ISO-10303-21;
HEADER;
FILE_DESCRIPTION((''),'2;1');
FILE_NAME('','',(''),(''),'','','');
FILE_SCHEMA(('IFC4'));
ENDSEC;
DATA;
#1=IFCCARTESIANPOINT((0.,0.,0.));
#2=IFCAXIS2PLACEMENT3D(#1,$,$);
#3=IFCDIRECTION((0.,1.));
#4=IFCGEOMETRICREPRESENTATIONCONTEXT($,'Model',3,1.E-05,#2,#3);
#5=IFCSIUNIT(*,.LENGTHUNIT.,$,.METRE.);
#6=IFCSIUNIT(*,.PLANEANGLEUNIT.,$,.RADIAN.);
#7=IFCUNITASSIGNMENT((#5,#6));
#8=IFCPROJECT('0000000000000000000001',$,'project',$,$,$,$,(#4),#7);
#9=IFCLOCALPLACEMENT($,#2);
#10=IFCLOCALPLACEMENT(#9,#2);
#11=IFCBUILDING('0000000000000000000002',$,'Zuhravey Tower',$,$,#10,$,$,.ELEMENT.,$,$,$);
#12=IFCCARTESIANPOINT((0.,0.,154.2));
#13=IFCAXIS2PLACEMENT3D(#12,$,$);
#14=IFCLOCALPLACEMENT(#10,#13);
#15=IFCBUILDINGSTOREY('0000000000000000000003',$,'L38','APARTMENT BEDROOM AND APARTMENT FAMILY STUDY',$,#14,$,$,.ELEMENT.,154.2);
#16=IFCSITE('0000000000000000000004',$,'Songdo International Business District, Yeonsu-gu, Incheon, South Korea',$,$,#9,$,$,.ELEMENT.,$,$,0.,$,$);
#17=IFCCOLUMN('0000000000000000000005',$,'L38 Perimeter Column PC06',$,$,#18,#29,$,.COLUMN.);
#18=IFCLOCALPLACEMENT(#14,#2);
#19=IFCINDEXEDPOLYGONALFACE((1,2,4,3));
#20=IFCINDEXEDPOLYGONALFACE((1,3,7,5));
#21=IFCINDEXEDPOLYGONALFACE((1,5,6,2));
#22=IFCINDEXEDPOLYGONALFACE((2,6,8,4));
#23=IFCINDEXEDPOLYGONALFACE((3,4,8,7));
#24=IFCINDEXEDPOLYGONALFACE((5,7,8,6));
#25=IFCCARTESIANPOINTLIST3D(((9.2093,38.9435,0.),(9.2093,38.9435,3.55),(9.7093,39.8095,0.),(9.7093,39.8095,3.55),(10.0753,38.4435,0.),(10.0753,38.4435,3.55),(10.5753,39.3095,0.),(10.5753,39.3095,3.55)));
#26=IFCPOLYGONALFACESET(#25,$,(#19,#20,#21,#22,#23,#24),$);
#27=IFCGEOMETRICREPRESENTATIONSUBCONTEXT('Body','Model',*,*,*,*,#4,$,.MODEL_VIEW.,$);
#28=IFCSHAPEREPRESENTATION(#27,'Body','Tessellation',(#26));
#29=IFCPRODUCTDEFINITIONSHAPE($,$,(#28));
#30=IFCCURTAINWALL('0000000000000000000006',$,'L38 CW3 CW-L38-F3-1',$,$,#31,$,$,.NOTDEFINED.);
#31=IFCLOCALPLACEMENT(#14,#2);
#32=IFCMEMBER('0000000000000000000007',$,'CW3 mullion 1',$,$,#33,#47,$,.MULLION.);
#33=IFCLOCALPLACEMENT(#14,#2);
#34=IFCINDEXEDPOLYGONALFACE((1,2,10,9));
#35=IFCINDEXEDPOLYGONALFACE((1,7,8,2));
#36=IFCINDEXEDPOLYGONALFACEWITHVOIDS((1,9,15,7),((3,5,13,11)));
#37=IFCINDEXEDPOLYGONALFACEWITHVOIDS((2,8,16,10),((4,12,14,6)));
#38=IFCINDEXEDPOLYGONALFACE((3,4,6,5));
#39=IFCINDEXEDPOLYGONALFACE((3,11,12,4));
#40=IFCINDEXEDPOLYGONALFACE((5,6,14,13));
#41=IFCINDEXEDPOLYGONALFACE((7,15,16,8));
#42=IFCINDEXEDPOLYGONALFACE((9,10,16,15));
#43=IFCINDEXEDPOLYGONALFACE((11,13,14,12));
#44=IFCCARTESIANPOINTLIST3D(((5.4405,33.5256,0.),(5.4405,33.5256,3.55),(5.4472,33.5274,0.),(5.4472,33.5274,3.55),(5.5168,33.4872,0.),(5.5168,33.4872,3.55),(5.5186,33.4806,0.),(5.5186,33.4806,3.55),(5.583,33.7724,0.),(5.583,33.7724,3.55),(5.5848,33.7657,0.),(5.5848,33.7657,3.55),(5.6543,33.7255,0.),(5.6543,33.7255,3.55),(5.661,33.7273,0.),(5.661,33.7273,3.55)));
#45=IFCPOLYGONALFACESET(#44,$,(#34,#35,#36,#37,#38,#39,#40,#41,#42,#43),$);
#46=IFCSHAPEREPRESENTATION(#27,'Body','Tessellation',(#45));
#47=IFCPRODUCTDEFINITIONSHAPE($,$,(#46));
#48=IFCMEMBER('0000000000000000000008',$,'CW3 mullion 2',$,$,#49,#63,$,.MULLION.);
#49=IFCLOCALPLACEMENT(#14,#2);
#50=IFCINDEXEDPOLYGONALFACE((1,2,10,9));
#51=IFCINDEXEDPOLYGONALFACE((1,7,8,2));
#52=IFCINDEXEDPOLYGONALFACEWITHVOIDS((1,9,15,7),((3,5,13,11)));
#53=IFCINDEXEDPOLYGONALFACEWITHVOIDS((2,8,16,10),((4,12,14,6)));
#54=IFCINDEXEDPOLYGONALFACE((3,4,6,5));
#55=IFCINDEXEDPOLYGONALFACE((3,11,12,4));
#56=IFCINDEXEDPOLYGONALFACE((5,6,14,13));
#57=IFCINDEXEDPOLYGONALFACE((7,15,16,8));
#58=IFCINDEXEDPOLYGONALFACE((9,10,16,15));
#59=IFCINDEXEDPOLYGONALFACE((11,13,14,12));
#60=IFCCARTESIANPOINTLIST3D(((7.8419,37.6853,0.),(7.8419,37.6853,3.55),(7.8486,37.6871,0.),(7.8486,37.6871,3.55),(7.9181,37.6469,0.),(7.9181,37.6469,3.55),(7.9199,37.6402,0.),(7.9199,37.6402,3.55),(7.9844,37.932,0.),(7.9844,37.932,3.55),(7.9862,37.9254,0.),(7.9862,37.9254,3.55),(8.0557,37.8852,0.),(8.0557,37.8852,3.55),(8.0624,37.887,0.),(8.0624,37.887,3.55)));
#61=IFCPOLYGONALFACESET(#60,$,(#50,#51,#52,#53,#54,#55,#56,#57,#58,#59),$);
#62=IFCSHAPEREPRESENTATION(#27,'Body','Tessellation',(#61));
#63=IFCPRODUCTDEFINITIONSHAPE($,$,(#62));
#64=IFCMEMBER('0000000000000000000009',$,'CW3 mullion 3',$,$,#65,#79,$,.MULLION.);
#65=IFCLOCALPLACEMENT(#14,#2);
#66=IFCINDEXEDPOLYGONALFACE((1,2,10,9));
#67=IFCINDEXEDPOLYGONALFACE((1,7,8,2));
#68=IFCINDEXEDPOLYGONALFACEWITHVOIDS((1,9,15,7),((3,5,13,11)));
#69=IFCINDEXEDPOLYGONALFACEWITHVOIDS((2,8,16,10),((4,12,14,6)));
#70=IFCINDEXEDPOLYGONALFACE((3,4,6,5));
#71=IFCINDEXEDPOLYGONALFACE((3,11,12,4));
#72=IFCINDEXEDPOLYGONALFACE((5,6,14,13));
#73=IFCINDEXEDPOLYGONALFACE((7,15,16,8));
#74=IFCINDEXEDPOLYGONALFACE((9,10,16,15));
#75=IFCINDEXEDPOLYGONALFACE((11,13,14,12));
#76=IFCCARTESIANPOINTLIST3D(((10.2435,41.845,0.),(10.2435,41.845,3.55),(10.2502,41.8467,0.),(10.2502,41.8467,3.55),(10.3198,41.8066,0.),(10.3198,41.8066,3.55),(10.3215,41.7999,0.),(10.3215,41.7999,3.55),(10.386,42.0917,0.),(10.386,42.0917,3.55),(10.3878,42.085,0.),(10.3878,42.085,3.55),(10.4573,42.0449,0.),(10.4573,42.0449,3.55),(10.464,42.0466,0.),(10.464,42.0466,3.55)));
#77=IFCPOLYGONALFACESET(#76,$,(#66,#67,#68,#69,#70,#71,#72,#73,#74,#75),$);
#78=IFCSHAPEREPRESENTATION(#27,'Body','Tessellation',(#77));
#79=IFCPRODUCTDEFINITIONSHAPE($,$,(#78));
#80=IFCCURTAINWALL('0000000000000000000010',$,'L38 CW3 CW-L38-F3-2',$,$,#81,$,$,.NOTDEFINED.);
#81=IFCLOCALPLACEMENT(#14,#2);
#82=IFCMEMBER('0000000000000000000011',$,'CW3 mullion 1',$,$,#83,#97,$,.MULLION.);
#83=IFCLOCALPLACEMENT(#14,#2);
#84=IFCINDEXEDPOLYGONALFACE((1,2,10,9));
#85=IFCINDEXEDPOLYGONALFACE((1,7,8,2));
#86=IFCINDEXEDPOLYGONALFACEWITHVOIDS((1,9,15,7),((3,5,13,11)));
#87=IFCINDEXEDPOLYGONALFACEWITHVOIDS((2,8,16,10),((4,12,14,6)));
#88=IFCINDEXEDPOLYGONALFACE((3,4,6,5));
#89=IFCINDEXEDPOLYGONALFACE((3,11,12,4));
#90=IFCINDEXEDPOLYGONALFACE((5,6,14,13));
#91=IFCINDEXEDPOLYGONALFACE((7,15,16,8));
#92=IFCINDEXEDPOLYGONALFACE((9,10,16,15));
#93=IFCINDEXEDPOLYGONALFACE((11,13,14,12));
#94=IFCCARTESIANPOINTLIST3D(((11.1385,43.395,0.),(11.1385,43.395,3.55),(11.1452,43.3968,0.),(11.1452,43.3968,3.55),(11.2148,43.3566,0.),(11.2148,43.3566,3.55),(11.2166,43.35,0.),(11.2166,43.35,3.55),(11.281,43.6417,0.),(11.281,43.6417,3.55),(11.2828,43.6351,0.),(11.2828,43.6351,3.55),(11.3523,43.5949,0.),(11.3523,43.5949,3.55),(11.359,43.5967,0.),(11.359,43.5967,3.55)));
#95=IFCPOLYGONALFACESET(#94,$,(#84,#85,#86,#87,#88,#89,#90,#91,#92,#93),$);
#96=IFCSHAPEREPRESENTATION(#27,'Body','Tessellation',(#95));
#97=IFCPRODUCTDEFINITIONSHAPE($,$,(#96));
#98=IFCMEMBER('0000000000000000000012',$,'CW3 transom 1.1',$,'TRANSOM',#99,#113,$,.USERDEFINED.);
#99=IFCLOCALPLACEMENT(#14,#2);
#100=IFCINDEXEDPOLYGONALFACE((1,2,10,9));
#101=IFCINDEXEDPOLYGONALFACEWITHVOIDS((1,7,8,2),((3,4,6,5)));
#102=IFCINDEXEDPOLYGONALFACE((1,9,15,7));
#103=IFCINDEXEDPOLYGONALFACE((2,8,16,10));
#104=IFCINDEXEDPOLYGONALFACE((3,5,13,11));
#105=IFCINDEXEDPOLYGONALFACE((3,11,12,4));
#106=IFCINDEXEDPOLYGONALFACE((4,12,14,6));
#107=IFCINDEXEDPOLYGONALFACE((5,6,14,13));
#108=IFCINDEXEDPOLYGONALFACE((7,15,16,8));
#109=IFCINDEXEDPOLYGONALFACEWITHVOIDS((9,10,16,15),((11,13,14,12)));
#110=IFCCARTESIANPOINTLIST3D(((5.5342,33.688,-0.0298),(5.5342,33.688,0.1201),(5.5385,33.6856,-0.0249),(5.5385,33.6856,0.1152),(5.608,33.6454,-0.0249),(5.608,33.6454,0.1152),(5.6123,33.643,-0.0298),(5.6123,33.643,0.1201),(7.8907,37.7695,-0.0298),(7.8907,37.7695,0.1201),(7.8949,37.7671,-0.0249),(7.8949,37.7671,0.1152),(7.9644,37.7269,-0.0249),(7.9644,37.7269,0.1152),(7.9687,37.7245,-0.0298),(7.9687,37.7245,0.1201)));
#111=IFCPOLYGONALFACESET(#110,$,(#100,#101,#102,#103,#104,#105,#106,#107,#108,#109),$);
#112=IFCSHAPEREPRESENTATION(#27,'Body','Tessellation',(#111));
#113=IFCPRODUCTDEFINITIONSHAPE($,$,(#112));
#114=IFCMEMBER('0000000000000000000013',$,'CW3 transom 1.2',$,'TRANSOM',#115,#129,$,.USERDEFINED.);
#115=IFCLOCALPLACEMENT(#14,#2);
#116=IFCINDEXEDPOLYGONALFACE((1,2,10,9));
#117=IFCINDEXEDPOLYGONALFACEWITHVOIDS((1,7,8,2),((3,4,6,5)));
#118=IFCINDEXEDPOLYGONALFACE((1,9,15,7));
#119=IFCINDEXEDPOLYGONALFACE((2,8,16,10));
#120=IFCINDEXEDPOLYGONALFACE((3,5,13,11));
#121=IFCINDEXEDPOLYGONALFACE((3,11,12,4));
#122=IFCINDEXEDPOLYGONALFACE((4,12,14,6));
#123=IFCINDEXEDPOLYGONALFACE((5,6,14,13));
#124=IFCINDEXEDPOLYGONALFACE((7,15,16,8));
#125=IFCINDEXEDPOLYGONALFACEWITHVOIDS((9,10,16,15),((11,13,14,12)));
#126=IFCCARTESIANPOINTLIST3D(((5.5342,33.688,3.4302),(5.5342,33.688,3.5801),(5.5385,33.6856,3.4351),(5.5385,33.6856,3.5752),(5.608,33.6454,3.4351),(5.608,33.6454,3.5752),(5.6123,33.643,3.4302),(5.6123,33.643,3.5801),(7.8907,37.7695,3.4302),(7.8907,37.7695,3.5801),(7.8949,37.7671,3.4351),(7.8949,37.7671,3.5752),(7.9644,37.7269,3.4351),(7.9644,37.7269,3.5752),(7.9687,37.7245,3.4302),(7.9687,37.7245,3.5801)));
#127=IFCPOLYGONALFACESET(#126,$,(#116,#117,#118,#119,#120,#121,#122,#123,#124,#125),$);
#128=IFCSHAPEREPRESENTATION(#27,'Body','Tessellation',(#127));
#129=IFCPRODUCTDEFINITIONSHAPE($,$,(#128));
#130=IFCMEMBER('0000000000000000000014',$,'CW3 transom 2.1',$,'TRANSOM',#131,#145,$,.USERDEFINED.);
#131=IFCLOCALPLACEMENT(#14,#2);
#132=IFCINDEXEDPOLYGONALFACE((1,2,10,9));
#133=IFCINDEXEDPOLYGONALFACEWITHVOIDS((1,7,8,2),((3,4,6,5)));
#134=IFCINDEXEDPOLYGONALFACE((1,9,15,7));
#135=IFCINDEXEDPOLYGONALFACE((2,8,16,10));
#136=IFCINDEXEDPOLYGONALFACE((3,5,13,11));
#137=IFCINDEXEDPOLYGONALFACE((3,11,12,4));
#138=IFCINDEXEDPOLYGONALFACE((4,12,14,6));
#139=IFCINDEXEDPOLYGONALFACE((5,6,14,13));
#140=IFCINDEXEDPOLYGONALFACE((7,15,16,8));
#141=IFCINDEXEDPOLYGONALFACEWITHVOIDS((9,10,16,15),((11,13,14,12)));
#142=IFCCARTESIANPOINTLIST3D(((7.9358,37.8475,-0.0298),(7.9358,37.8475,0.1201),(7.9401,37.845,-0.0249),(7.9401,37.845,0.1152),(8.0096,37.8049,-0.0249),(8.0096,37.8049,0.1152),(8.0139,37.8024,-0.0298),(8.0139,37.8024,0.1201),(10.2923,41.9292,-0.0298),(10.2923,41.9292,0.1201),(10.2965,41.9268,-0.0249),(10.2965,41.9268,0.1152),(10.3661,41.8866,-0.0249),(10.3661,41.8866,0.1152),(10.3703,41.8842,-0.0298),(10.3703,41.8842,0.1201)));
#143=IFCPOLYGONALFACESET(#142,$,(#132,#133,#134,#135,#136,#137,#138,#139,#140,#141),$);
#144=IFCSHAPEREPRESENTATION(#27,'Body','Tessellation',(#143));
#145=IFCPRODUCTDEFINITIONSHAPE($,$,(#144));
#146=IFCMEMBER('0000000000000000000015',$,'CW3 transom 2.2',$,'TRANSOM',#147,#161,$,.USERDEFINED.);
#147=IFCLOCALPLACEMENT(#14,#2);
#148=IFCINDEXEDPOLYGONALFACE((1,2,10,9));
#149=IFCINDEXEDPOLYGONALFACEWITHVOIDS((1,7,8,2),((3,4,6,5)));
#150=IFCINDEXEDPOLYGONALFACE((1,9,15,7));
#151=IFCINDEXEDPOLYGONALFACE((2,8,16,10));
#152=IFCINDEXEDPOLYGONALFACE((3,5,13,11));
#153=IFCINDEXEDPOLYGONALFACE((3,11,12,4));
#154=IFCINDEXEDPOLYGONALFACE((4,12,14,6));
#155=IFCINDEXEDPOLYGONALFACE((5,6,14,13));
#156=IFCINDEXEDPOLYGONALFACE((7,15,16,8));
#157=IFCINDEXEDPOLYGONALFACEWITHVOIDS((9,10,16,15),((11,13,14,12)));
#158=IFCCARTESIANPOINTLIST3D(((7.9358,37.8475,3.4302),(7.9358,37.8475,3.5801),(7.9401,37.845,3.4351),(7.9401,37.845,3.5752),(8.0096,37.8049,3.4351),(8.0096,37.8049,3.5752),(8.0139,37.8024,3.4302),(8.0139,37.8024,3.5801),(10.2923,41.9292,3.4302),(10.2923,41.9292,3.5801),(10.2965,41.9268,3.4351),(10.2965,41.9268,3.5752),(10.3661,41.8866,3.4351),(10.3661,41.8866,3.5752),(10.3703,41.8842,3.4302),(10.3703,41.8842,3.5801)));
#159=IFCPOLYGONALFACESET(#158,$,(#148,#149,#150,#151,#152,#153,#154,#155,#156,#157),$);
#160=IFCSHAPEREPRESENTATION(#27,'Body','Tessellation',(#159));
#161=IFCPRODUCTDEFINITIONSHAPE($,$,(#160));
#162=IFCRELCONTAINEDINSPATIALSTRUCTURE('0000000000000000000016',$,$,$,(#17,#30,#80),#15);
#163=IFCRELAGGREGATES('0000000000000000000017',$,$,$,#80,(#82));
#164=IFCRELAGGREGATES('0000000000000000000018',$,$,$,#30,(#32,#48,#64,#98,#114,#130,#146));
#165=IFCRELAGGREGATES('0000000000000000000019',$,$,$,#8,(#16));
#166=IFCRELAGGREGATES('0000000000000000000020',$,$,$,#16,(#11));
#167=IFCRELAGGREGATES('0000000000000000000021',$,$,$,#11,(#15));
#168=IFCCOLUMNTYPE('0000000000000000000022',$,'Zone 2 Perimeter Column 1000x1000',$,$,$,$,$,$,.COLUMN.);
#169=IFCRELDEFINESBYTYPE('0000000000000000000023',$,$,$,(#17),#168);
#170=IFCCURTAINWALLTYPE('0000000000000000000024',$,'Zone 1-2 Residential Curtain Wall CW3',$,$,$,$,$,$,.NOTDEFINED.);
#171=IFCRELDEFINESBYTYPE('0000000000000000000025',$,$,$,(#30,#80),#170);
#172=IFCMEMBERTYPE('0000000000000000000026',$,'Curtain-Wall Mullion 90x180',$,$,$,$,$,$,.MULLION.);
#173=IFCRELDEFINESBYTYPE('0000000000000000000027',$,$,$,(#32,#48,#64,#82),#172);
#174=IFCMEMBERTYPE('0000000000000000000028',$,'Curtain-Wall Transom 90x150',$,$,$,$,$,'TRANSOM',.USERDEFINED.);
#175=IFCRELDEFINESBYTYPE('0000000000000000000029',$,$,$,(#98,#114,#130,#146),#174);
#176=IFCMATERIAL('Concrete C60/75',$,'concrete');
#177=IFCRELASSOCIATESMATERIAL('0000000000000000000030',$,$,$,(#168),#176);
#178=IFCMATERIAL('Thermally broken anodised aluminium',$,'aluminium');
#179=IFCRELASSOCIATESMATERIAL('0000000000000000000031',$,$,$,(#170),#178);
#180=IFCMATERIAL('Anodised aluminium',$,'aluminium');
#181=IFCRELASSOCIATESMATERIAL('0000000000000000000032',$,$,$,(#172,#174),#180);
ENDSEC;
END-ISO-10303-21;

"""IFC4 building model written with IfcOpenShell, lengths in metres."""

from ifc_helpers import new_model, si_unit, direction, frame, origin, origin_2d, place, context, subcontext, project, spatial, rectangle, hollow_rectangle, extrude, material, material_profile, profile_set, type_object, element, aggregate, save


model = new_model("IFC4")

# Units and contexts
model_context = context("Model", 3, precision=1e-05, world=origin(), true_north=direction((0.0, 1.0)))
body_context = subcontext(model_context, "Body", "Model", "MODEL_VIEW")
ifc_project = project(units=[si_unit("LENGTHUNIT", "METRE"), si_unit("PLANEANGLEUNIT", "RADIAN")], contexts=[model_context])

# Site, building, storey
site_placement = place(None, origin())
site = spatial("IfcSite", under=ifc_project, at=site_placement, Name="Songdo International Business District, Yeonsu-gu, Incheon, South Korea", CompositionType="ELEMENT", RefElevation=0.0)
building_placement = place(site_placement, origin())
building = spatial("IfcBuilding", under=site, at=building_placement, Name="Zuhravey Tower", CompositionType="ELEMENT")
storey_placement = place(building_placement, frame((0.0, 0.0, 154.2)))
storey = spatial("IfcBuildingStorey", under=building, at=storey_placement, Name="L38", Description="APARTMENT BEDROOM AND APARTMENT FAMILY STUDY", CompositionType="ELEMENT", Elevation=154.2)

# Column
ifc_material_1 = material(Name="Concrete C60/75", Category="concrete")
ifc_material_profile_1 = material_profile(ifc_material_1, rectangle(XDim=1.0, YDim=1.0, at=origin_2d()), Name="RC-1000x1000")
ifc_profile_set_1 = profile_set([ifc_material_profile_1], Name="Concrete C60/75")
column_type = type_object("IfcColumnType", Name="Zone 2 Perimeter Column 1000x1000", PredefinedType="COLUMN", material=ifc_profile_set_1)
column_placement = place(storey_placement, frame((9.8923, 39.1265, 0.0), z_axis=(0.0, 0.0, 1.0), x_axis=(-0.5, -0.866025, 0.0)))
element("IfcColumn", 1, at=column_placement, inside=storey, type_object=column_type, Name="L38 Perimeter Column PC06", PredefinedType="COLUMN", context=body_context, shape_type="SweptSolid", body=[
    extrude(rectangle(XDim=1.0, YDim=1.0, at=origin_2d()), origin(), (0.0, 0.0, 1.0), 3.55),
])

# Curtain wall, members
ifc_material_2 = material(Name="Thermally broken anodised aluminium", Category="aluminium")
curtain_wall_type = type_object("IfcCurtainWallType", Name="Zone 1-2 Residential Curtain Wall CW3", PredefinedType="NOTDEFINED", material=ifc_material_2)
curtain_wall_1_placement = place(storey_placement, origin())
curtain_wall_1 = element("IfcCurtainWall", 2, at=curtain_wall_1_placement, inside=storey, type_object=curtain_wall_type, Name="L38 CW3 CW-L38-F3-1", PredefinedType="NOTDEFINED")
ifc_material_3 = material(Name="Anodised aluminium", Category="aluminium")
ifc_material_profile_2 = material_profile(ifc_material_3, hollow_rectangle(XDim=0.0901, YDim=0.2849, WallThickness=0.0049, at=origin_2d()), Name="ALU-RHS-90x285x5")
ifc_profile_set_2 = profile_set([ifc_material_profile_2], Name="Anodised aluminium")
member_type_1 = type_object("IfcMemberType", Name="Curtain-Wall Mullion 90x180", PredefinedType="MULLION", material=ifc_profile_set_2)
member_1_placement = place(storey_placement, frame((5.5508, 33.6265, 0.0), z_axis=(0.0, 0.0, 1.0), x_axis=(-0.866027, 0.499998, 0.0)))
member_1 = element("IfcMember", 3, at=member_1_placement, type_object=member_type_1, Name="CW3 mullion 1", PredefinedType="MULLION", context=body_context, shape_type="SweptSolid", body=[
    extrude(hollow_rectangle(XDim=0.0901, YDim=0.2849, WallThickness=0.0049, at=origin_2d()), origin(), (0.0, 0.0, 1.0), 3.55),
])
member_2_placement = place(storey_placement, frame((7.9521, 37.7861, 0.0), z_axis=(0.0, 0.0, 1.0), x_axis=(-0.866027, 0.499998, 0.0)))
member_2 = element("IfcMember", 4, at=member_2_placement, type_object=member_type_1, Name="CW3 mullion 2", PredefinedType="MULLION", context=body_context, shape_type="SweptSolid", body=[
    extrude(hollow_rectangle(XDim=0.0901, YDim=0.2849, WallThickness=0.0049, at=origin_2d()), origin(), (0.0, 0.0, 1.0), 3.55),
])
member_3_placement = place(storey_placement, frame((10.3538, 41.9458, 0.0), z_axis=(0.0, 0.0, 1.0), x_axis=(-0.866027, 0.499998, 0.0)))
member_3 = element("IfcMember", 5, at=member_3_placement, type_object=member_type_1, Name="CW3 mullion 3", PredefinedType="MULLION", context=body_context, shape_type="SweptSolid", body=[
    extrude(hollow_rectangle(XDim=0.0901, YDim=0.2849, WallThickness=0.0049, at=origin_2d()), origin(), (0.0, 0.0, 1.0), 3.55),
])

# Curtain wall, member
curtain_wall_2_placement = place(storey_placement, origin())
curtain_wall_2 = element("IfcCurtainWall", 6, at=curtain_wall_2_placement, inside=storey, type_object=curtain_wall_type, Name="L38 CW3 CW-L38-F3-2", PredefinedType="NOTDEFINED")
member_4_placement = place(storey_placement, frame((11.2488, 43.4958, 0.0), z_axis=(0.0, 0.0, 1.0), x_axis=(-0.866025, 0.500001, 0.0)))
member_4 = element("IfcMember", 7, at=member_4_placement, type_object=member_type_1, Name="CW3 mullion 1", PredefinedType="MULLION", context=body_context, shape_type="SweptSolid", body=[
    extrude(hollow_rectangle(XDim=0.0901, YDim=0.2849, WallThickness=0.0049, at=origin_2d()), origin(), (0.0, 0.0, 1.0), 3.55),
])
aggregate(curtain_wall_2, [member_4])

# Members
ifc_material_profile_3 = material_profile(ifc_material_3, hollow_rectangle(XDim=0.0901, YDim=0.1499, WallThickness=0.0049, at=origin_2d()), Name="ALU-RHS-90x150x5")
ifc_profile_set_3 = profile_set([ifc_material_profile_3], Name="Anodised aluminium")
member_type_2 = type_object("IfcMemberType", Name="Curtain-Wall Transom 90x150", ElementType="TRANSOM", PredefinedType="USERDEFINED", material=ifc_profile_set_3)
member_5_placement = place(storey_placement, frame((5.5732, 33.6655, 0.0452), z_axis=(0.499994, 0.866029, 0.0), x_axis=(-0.866029, 0.499994, 0.0)))
member_5 = element("IfcMember", 8, at=member_5_placement, type_object=member_type_2, Name="CW3 transom 1.1", ObjectType="TRANSOM", PredefinedType="USERDEFINED", context=body_context, shape_type="SweptSolid", body=[
    extrude(hollow_rectangle(XDim=0.0901, YDim=0.1499, WallThickness=0.0049, at=origin_2d()), origin(), (0.0, 0.0, 1.0), 4.7129),
])
member_6_placement = place(storey_placement, frame((5.5732, 33.6655, 3.5051), z_axis=(0.499994, 0.866029, 0.0), x_axis=(-0.866029, 0.499994, 0.0)))
member_6 = element("IfcMember", 9, at=member_6_placement, type_object=member_type_2, Name="CW3 transom 1.2", ObjectType="TRANSOM", PredefinedType="USERDEFINED", context=body_context, shape_type="SweptSolid", body=[
    extrude(hollow_rectangle(XDim=0.0901, YDim=0.1499, WallThickness=0.0049, at=origin_2d()), origin(), (0.0, 0.0, 1.0), 4.7129),
])
member_7_placement = place(storey_placement, frame((7.9749, 37.825, 0.0452), z_axis=(0.499972, 0.866042, 0.0), x_axis=(-0.866042, 0.499972, 0.0)))
member_7 = element("IfcMember", 10, at=member_7_placement, type_object=member_type_2, Name="CW3 transom 2.1", ObjectType="TRANSOM", PredefinedType="USERDEFINED", context=body_context, shape_type="SweptSolid", body=[
    extrude(hollow_rectangle(XDim=0.0901, YDim=0.1499, WallThickness=0.0049, at=origin_2d()), origin(), (0.0, 0.0, 1.0), 4.7131),
])
member_8_placement = place(storey_placement, frame((7.9749, 37.825, 3.5051), z_axis=(0.499972, 0.866042, 0.0), x_axis=(-0.866042, 0.499972, 0.0)))
member_8 = element("IfcMember", 11, at=member_8_placement, type_object=member_type_2, Name="CW3 transom 2.2", ObjectType="TRANSOM", PredefinedType="USERDEFINED", context=body_context, shape_type="SweptSolid", body=[
    extrude(hollow_rectangle(XDim=0.0901, YDim=0.1499, WallThickness=0.0049, at=origin_2d()), origin(), (0.0, 0.0, 1.0), 4.7131),
])

aggregate(curtain_wall_1, [member_1, member_2, member_3, member_5, member_6, member_7, member_8])

save(model, "model.ifc")
